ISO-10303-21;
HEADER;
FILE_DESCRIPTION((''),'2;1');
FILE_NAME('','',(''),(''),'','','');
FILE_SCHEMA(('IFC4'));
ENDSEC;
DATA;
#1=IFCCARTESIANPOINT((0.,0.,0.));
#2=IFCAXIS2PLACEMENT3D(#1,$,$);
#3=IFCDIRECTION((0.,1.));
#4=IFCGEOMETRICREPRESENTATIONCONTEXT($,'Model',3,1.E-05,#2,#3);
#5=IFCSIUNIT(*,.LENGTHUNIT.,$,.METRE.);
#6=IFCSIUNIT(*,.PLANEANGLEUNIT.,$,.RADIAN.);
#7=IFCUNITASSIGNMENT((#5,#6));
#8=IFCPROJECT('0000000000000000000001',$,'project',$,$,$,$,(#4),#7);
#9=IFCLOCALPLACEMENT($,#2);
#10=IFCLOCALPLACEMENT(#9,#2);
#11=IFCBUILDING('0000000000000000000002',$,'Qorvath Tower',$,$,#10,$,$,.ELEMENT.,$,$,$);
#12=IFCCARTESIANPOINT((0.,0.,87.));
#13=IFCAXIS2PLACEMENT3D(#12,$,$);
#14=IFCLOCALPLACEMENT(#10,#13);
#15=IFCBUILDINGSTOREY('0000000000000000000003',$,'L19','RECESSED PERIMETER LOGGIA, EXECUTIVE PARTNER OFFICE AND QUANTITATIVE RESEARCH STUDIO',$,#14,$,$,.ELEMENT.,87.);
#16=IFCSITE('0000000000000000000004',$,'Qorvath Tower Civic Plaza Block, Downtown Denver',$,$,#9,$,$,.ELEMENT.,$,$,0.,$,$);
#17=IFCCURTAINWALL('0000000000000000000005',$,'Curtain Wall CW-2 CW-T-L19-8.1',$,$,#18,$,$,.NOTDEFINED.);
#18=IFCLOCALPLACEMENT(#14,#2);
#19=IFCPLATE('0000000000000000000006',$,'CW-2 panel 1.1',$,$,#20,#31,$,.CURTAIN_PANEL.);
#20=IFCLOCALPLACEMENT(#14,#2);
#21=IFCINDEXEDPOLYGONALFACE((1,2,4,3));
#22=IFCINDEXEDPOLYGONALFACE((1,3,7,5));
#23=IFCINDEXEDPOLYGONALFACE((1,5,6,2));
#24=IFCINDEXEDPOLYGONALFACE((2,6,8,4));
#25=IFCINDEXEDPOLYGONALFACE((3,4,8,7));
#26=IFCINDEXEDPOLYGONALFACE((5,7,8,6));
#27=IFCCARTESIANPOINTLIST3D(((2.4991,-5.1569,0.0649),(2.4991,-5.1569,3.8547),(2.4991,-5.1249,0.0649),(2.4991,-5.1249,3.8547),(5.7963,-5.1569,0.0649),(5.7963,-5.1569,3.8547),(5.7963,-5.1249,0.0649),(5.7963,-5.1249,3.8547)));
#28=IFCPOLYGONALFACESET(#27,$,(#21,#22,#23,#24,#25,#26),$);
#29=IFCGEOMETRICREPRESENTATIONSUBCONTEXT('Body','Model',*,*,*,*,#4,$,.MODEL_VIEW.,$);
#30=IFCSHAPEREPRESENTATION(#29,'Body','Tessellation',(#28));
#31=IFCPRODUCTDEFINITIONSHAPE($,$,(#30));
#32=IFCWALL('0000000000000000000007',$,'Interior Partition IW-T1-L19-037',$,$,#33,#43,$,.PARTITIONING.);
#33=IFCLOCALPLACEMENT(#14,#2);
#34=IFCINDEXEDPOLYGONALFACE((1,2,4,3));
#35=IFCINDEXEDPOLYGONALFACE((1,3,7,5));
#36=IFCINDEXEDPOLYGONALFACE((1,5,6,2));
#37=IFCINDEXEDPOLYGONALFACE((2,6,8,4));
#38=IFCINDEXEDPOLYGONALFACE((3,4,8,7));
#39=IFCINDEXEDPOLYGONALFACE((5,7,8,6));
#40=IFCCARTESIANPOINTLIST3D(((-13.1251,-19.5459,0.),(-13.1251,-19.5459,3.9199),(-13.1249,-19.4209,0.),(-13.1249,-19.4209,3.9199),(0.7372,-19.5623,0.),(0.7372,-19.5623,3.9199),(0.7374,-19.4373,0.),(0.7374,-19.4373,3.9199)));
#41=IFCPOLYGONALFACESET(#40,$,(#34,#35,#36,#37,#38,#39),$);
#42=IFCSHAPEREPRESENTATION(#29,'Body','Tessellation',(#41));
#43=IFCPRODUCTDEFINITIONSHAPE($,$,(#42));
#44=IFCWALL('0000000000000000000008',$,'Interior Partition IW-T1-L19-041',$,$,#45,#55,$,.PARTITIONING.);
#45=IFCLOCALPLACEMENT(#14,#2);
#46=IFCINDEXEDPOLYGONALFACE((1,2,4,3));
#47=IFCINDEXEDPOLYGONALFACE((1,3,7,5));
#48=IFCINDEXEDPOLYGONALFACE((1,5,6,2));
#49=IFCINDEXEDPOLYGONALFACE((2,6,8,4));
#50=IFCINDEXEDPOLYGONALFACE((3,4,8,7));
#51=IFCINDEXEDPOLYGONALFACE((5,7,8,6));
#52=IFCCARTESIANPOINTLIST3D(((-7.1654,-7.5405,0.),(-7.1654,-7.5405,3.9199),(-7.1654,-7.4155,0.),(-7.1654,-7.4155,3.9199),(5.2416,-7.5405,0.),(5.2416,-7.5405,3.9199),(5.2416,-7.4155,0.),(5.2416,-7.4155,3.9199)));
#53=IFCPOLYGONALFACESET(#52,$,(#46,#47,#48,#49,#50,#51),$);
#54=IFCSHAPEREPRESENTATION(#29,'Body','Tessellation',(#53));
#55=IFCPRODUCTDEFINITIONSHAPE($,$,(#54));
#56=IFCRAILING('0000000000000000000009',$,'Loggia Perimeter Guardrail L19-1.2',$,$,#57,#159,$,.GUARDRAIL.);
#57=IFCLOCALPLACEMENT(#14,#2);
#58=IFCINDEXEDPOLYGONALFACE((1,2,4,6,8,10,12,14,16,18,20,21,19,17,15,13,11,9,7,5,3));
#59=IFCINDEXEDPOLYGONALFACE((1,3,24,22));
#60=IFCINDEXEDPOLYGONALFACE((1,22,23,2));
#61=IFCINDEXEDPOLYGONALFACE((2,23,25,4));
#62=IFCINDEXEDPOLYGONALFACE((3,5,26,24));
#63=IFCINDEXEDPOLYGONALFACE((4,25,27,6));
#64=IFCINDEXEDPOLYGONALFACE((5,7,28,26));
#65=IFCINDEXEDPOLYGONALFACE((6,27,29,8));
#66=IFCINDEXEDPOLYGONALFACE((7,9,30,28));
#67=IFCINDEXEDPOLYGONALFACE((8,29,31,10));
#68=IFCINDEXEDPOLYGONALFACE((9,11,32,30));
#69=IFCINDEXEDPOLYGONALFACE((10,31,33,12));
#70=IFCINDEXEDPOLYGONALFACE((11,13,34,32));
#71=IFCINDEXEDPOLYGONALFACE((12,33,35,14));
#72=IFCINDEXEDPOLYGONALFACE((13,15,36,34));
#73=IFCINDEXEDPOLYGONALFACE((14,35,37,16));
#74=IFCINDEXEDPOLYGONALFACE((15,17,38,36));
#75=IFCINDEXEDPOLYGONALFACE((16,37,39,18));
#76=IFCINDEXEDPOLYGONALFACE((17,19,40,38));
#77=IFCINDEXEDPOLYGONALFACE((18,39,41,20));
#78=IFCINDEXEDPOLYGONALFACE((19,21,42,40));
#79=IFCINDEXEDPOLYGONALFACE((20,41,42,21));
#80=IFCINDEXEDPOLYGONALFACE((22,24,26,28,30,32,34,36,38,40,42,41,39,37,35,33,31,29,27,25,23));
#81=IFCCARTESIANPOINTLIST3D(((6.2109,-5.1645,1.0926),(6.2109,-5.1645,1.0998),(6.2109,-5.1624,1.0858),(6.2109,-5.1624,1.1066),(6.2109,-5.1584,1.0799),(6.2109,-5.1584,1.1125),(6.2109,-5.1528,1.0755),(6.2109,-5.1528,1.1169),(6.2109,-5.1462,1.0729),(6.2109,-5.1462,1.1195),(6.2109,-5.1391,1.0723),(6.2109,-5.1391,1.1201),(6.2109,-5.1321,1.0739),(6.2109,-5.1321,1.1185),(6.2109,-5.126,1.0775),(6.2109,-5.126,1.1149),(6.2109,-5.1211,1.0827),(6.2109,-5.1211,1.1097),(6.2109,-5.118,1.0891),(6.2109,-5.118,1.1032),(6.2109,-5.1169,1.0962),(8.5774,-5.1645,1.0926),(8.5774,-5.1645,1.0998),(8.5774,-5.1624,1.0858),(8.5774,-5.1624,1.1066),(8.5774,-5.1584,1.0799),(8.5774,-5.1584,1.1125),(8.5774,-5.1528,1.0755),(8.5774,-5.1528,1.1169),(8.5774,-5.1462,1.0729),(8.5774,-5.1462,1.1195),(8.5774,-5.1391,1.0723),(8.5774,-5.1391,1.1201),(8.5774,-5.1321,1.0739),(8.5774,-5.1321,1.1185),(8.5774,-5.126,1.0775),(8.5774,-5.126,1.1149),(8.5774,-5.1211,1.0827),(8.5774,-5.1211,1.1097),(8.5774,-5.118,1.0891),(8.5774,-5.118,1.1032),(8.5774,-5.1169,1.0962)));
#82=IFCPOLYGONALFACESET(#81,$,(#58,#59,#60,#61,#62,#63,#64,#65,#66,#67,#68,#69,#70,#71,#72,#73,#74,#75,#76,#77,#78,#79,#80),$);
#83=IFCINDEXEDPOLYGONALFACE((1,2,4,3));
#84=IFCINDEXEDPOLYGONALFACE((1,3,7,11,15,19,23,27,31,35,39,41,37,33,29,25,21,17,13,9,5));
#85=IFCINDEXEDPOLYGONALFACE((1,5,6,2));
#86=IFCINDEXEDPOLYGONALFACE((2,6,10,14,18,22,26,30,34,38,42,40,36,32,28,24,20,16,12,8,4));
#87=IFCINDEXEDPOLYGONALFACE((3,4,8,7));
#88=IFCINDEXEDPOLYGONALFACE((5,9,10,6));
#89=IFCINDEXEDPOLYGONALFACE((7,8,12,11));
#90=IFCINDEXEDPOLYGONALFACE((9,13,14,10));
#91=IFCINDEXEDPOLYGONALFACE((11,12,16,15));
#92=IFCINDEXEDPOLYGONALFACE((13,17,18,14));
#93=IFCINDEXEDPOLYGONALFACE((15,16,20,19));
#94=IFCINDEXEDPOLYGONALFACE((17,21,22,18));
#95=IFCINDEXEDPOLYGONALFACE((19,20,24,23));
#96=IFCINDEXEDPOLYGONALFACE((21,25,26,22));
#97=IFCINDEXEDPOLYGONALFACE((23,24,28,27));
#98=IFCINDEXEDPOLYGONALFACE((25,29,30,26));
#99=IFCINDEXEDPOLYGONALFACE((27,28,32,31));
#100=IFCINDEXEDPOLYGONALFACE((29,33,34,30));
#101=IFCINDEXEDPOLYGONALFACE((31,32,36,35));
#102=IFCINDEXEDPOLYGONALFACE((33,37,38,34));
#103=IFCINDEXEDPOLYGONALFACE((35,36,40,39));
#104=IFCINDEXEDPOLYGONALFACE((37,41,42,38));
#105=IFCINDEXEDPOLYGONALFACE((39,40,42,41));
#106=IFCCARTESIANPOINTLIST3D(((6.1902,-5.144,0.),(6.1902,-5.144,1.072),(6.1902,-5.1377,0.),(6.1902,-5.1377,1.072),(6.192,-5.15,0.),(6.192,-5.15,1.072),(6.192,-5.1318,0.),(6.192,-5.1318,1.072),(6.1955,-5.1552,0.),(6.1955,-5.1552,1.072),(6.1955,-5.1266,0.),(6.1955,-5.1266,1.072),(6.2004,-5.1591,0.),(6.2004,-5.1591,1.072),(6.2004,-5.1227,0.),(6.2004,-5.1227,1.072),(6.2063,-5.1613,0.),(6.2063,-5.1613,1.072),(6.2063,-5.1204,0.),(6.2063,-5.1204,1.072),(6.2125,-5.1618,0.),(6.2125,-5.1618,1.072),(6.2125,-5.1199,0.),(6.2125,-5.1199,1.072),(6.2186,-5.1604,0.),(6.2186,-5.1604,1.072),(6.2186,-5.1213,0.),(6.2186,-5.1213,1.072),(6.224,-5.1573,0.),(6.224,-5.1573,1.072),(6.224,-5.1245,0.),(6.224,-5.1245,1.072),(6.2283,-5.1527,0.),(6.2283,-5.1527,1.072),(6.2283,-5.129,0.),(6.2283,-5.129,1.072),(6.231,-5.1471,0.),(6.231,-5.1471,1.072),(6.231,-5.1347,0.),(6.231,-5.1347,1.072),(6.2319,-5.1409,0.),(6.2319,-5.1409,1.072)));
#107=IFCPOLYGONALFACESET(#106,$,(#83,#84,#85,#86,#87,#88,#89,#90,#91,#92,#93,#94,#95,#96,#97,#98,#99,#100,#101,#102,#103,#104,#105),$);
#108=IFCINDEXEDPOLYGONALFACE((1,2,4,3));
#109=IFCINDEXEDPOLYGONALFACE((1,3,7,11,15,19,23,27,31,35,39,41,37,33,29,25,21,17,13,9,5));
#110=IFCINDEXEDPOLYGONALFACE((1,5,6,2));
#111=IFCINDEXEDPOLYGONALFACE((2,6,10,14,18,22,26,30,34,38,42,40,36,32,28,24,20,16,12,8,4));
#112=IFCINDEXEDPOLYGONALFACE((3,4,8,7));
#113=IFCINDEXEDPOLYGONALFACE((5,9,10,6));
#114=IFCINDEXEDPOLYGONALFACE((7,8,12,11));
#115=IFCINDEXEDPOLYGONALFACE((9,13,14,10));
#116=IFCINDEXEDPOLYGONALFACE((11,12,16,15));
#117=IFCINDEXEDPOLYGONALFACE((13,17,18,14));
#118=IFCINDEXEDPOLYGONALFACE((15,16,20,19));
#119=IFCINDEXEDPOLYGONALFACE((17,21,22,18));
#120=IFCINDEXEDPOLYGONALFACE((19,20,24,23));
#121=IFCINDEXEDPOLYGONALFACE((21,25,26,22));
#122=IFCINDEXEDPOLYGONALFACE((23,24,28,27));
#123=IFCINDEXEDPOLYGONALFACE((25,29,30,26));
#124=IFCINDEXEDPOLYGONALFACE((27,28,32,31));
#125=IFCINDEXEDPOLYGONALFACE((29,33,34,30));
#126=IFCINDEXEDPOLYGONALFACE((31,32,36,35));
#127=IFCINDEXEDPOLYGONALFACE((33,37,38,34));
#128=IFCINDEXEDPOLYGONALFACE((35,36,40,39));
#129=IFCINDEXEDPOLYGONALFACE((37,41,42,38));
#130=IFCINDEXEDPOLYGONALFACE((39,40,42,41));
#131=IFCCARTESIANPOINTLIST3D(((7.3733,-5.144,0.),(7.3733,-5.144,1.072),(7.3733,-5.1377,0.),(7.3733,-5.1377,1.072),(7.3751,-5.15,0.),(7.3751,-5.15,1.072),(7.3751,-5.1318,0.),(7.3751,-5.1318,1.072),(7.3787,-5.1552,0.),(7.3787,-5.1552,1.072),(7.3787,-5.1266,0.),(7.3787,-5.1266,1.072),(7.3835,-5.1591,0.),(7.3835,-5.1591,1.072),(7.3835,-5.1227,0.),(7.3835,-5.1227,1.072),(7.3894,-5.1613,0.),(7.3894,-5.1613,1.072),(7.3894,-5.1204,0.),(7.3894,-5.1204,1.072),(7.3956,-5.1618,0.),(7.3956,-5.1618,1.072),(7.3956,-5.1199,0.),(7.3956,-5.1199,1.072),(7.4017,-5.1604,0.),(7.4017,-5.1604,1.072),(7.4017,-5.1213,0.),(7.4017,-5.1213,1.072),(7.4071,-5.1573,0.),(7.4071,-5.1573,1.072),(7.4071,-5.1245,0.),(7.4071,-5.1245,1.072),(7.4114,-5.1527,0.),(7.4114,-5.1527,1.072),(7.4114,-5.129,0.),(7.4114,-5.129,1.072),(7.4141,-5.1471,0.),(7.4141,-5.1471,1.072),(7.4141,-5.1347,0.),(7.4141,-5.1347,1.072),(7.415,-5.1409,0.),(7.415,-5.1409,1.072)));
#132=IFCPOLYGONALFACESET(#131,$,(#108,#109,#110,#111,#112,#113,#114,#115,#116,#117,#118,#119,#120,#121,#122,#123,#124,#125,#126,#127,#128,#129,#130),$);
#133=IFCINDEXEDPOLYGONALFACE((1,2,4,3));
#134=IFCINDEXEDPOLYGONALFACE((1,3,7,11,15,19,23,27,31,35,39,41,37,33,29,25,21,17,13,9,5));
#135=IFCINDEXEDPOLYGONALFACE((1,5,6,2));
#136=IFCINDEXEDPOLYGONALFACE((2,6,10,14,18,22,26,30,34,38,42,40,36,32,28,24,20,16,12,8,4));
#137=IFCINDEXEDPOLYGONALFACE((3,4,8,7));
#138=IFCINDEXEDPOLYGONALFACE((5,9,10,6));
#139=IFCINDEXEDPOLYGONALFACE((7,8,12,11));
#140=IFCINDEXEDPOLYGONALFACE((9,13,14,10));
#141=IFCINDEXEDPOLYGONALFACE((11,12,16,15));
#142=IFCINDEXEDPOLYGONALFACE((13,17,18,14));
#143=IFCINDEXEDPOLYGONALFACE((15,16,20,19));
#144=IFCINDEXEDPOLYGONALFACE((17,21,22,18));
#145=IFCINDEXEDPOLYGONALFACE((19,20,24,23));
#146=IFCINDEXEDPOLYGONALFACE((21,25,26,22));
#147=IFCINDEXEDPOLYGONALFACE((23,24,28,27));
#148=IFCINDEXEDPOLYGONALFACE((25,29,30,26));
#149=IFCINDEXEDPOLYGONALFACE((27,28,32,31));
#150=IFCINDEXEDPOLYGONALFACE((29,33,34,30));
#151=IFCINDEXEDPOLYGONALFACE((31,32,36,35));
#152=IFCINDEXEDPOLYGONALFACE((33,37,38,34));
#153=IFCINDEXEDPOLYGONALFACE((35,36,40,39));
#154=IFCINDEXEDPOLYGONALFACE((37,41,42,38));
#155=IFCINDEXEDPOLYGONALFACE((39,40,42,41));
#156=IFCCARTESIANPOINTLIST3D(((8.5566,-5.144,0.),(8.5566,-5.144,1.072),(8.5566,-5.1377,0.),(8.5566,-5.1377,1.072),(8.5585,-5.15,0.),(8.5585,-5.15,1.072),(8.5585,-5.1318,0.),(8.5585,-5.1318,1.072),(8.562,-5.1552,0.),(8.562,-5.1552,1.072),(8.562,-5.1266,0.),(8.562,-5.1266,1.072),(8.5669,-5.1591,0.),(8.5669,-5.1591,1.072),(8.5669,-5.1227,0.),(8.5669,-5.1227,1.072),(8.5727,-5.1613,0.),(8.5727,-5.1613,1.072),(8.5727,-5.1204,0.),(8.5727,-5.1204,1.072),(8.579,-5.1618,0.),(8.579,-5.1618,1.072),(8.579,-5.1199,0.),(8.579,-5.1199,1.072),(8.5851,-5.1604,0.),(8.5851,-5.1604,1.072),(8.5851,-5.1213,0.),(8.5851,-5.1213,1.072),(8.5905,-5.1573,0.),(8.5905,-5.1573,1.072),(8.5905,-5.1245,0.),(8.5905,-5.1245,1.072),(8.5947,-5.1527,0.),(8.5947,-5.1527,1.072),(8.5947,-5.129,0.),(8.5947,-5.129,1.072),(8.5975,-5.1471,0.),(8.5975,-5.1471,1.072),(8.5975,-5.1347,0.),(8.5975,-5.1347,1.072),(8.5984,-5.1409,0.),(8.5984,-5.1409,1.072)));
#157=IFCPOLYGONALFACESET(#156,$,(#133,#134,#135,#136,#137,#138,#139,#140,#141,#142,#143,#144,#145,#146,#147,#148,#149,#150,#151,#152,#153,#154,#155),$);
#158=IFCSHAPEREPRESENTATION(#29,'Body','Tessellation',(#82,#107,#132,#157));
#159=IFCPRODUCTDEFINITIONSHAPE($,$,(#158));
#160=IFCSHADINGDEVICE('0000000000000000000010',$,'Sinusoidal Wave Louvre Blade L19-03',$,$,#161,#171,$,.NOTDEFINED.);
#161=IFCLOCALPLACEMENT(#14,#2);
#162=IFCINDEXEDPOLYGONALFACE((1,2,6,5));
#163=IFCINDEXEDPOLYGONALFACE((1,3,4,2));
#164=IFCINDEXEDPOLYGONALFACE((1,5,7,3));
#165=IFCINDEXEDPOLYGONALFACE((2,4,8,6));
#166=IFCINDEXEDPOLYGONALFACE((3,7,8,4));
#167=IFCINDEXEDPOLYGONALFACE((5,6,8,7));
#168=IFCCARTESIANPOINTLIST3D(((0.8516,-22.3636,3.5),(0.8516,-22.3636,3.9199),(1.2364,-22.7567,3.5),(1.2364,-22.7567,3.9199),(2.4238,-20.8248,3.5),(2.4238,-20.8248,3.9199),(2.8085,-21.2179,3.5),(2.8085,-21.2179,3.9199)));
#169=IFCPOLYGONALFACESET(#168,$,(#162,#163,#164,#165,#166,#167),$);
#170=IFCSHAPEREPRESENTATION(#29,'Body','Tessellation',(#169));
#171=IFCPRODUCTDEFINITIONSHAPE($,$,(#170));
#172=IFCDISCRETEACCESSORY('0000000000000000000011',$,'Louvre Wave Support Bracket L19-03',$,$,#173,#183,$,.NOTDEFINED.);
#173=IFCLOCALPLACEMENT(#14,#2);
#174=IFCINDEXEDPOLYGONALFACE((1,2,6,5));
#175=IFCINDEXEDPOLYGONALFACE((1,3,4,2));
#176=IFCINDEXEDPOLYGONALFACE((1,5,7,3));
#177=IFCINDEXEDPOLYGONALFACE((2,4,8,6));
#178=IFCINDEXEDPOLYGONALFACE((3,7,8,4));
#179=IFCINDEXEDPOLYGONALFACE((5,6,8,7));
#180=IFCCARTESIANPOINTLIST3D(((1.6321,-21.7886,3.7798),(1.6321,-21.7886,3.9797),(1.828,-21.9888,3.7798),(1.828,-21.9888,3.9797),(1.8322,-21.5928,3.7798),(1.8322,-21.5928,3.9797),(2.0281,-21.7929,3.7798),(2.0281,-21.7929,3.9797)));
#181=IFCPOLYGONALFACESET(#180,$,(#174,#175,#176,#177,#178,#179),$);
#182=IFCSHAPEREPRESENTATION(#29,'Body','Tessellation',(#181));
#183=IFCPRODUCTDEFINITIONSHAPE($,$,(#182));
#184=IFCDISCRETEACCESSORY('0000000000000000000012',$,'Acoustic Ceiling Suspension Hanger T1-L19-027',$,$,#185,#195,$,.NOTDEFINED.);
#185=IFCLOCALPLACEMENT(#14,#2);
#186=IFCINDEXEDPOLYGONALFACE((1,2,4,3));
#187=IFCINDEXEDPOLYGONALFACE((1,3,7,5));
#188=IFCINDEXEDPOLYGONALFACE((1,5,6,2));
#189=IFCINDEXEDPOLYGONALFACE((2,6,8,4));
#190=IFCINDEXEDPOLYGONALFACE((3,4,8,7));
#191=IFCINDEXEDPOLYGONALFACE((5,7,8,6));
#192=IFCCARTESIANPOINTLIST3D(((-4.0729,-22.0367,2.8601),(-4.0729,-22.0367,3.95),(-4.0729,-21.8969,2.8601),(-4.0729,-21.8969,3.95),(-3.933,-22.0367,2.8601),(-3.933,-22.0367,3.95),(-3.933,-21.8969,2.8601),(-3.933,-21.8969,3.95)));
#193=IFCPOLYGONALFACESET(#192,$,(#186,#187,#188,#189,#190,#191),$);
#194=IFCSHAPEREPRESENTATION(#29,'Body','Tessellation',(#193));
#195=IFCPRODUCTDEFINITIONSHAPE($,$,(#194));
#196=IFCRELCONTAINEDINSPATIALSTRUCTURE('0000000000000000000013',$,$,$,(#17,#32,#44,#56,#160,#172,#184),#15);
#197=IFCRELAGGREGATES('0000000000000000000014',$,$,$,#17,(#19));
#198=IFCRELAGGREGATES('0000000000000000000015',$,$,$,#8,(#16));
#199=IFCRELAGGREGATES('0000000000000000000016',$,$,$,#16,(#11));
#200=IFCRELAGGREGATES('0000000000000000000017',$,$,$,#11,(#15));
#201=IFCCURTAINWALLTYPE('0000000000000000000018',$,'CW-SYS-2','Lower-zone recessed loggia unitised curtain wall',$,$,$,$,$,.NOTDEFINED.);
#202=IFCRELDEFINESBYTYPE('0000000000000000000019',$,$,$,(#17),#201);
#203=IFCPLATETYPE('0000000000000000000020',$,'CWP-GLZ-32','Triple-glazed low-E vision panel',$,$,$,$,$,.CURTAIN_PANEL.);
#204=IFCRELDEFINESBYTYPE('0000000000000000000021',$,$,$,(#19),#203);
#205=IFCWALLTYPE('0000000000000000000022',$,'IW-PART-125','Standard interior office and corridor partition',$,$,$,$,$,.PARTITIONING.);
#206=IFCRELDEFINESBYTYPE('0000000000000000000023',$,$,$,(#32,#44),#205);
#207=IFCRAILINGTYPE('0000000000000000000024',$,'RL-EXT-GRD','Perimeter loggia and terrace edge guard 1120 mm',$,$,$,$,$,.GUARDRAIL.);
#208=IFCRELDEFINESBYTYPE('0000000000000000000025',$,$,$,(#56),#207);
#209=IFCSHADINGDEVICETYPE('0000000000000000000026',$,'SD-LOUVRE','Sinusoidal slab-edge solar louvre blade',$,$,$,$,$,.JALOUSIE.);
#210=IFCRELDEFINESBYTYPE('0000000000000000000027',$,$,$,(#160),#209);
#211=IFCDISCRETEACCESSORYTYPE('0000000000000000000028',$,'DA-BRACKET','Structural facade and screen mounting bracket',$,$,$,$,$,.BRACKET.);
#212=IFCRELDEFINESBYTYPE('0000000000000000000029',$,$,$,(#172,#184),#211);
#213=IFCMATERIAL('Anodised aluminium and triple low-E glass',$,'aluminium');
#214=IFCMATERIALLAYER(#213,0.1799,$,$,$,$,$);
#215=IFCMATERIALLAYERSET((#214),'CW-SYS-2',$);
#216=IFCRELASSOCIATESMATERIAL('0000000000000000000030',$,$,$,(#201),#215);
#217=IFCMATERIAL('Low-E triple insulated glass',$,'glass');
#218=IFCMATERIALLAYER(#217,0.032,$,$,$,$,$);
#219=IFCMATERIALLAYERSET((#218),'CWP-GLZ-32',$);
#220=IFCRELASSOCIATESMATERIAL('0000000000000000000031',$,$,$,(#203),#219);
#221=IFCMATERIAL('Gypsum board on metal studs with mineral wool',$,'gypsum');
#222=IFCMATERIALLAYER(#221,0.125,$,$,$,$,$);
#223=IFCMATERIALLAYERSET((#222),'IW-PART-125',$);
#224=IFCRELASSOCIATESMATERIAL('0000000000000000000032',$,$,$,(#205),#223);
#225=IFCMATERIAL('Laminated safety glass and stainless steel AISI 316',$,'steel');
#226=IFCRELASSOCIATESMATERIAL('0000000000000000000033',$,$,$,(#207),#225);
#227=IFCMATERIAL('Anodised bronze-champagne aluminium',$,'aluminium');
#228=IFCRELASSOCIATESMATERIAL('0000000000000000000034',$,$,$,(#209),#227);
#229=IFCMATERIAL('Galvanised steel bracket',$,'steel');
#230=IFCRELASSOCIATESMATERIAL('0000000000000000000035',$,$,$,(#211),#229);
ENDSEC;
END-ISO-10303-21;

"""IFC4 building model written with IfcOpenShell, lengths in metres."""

from ifc_helpers import new_model, si_unit, direction, frame, frame_2d, origin, origin_2d, place, context, subcontext, project, spatial, rectangle, circle, extrude, material, layer, layer_set, type_object, element, aggregate, save


model = new_model("IFC4")

# Units and contexts
model_context = context("Model", 3, precision=1e-05, world=origin(), true_north=direction((0.0, 1.0)))
body_context = subcontext(model_context, "Body", "Model", "MODEL_VIEW")
ifc_project = project(units=[si_unit("LENGTHUNIT", "METRE"), si_unit("PLANEANGLEUNIT", "RADIAN")], contexts=[model_context])

# Site, building, storey
site_placement = place(None, origin())
site = spatial("IfcSite", under=ifc_project, at=site_placement, Name="Qorvath Tower Civic Plaza Block, Downtown Denver", CompositionType="ELEMENT", RefElevation=0.0)
building_placement = place(site_placement, origin())
building = spatial("IfcBuilding", under=site, at=building_placement, Name="Qorvath Tower", CompositionType="ELEMENT")
storey_placement = place(building_placement, frame((0.0, 0.0, 87.0)))
storey = spatial("IfcBuildingStorey", under=building, at=storey_placement, Name="L19", Description="RECESSED PERIMETER LOGGIA, EXECUTIVE PARTNER OFFICE AND QUANTITATIVE RESEARCH STUDIO", CompositionType="ELEMENT", Elevation=87.0)

# Shared definitions
ifc_material_1 = material(Name="Anodised aluminium and triple low-E glass", Category="aluminium")
ifc_layer_1 = layer(ifc_material_1, 0.1799)
ifc_layer_set_1 = layer_set([ifc_layer_1], Name="CW-SYS-2")
curtain_wall_type = type_object("IfcCurtainWallType", Name="CW-SYS-2", Description="Lower-zone recessed loggia unitised curtain wall", PredefinedType="NOTDEFINED", material=ifc_layer_set_1)

# Curtain wall
curtain_wall_1_placement = place(storey_placement, origin())
curtain_wall_1 = element("IfcCurtainWall", 1, at=curtain_wall_1_placement, inside=storey, type_object=curtain_wall_type, Name="Curtain Wall CW-2 CW-T-L19-8.1", PredefinedType="NOTDEFINED")

# Plate
ifc_material_2 = material(Name="Low-E triple insulated glass", Category="glass")
ifc_layer_2 = layer(ifc_material_2, 0.032)
ifc_layer_set_2 = layer_set([ifc_layer_2], Name="CWP-GLZ-32")
plate_type = type_object("IfcPlateType", Name="CWP-GLZ-32", Description="Triple-glazed low-E vision panel", PredefinedType="CURTAIN_PANEL", material=ifc_layer_set_2)
plate_1_placement = place(storey_placement, frame((4.1477, -5.1409, 0.0649), z_axis=(0.0, 0.0, 1.0), x_axis=(-1.0, 0.0, 0.0)))
plate_1 = element("IfcPlate", 2, at=plate_1_placement, type_object=plate_type, Name="CW-2 panel 1.1", PredefinedType="CURTAIN_PANEL", context=body_context, shape_type="SweptSolid", body=[
    extrude(rectangle(XDim=3.2971, YDim=0.032, at=origin_2d()), origin(), (0.0, 0.0, 1.0), 3.7898),
])
aggregate(curtain_wall_1, [plate_1])

# Walls
ifc_material_3 = material(Name="Gypsum board on metal studs with mineral wool", Category="gypsum")
ifc_layer_3 = layer(ifc_material_3, 0.125)
ifc_layer_set_3 = layer_set([ifc_layer_3], Name="IW-PART-125")
wall_type = type_object("IfcWallType", Name="IW-PART-125", Description="Standard interior office and corridor partition", PredefinedType="PARTITIONING", material=ifc_layer_set_3)
wall_1_placement = place(storey_placement, frame((0.7373, -19.4998, 0.0), z_axis=(0.0, 0.0, 1.0), x_axis=(-0.999999, 0.00118, 0.0)))
element("IfcWall", 3, at=wall_1_placement, inside=storey, type_object=wall_type, Name="Interior Partition IW-T1-L19-037", PredefinedType="PARTITIONING", context=body_context, shape_type="SweptSolid", body=[
    extrude(rectangle(XDim=13.8623, YDim=0.125, at=frame_2d((6.9312, 0.0))), origin(), (0.0, 0.0, 1.0), 3.9199),
])
wall_2_placement = place(storey_placement, frame((5.2417, -7.478, 0.0), z_axis=(0.0, 0.0, 1.0), x_axis=(-1.0, 0.0, 0.0)))
element("IfcWall", 4, at=wall_2_placement, inside=storey, type_object=wall_type, Name="Interior Partition IW-T1-L19-041", PredefinedType="PARTITIONING", context=body_context, shape_type="SweptSolid", body=[
    extrude(rectangle(XDim=12.407, YDim=0.125, at=frame_2d((6.2036, 0.0))), origin(), (0.0, 0.0, 1.0), 3.9199),
])

# Railing
ifc_material_4 = material(Name="Laminated safety glass and stainless steel AISI 316", Category="steel")
railing_type = type_object("IfcRailingType", Name="RL-EXT-GRD", Description="Perimeter loggia and terrace edge guard 1120 mm", PredefinedType="GUARDRAIL", material=ifc_material_4)
railing_1_placement = place(storey_placement, frame((6.2109, -5.1409, 0.0)))
element("IfcRailing", 5, at=railing_1_placement, inside=storey, type_object=railing_type, Name="Loggia Perimeter Guardrail L19-1.2", PredefinedType="GUARDRAIL", context=body_context, shape_type="SweptSolid", body=[
    extrude(circle(Radius=0.0239, at=origin_2d()), frame((0.0, 0.0, 1.0962), z_axis=(1.0, 0.0, 0.0), x_axis=(0.0, 1.0, 0.0)), (0.0, 0.0, 1.0), 2.3665),
    extrude(circle(Radius=0.021, at=origin_2d()), origin(), (0.0, 0.0, 1.0), 1.072),
    extrude(circle(Radius=0.021, at=origin_2d()), frame((1.1831, 0.0, 0.0)), (0.0, 0.0, 1.0), 1.072),
    extrude(circle(Radius=0.021, at=origin_2d()), frame((2.3665, 0.0, 0.0)), (0.0, 0.0, 1.0), 1.072),
])

# Shading device
ifc_material_5 = material(Name="Anodised bronze-champagne aluminium", Category="aluminium")
shading_device_type = type_object("IfcShadingDeviceType", Name="SD-LOUVRE", Description="Sinusoidal slab-edge solar louvre blade", PredefinedType="JALOUSIE", material=ifc_material_5)
shading_device_placement = place(storey_placement, frame((1.8301, -21.7908, 3.5), z_axis=(0.0, 0.0, 1.0), x_axis=(0.714644, 0.699489, 0.0)))
element("IfcShadingDevice", 6, at=shading_device_placement, inside=storey, type_object=shading_device_type, Name="Sinusoidal Wave Louvre Blade L19-03", PredefinedType="NOTDEFINED", context=body_context, shape_type="SweptSolid", body=[
    extrude(rectangle(XDim=2.2, YDim=0.55, at=origin_2d()), origin(), (0.0, 0.0, 1.0), 0.4199),
])

# Discrete accessories
ifc_material_6 = material(Name="Galvanised steel bracket", Category="steel")
discrete_accessory_type = type_object("IfcDiscreteAccessoryType", Name="DA-BRACKET", Description="Structural facade and screen mounting bracket", PredefinedType="BRACKET", material=ifc_material_6)
discrete_accessory_placement = place(storey_placement, frame((1.8301, -21.7908, 3.7798), z_axis=(0.0, 0.0, 1.0), x_axis=(0.714644, 0.699489, 0.0)))
element("IfcDiscreteAccessory", 7, at=discrete_accessory_placement, inside=storey, type_object=discrete_accessory_type, Name="Louvre Wave Support Bracket L19-03", PredefinedType="NOTDEFINED", context=body_context, shape_type="SweptSolid", body=[
    extrude(rectangle(XDim=0.28, YDim=0.28, at=origin_2d()), origin(), (0.0, 0.0, 1.0), 0.2),
])
for number, where, z_axis, x_axis, name in (
    (8, (-4.0029, -21.9668, 2.8601), (0.0, 0.0, 1.0), (1.0, 0.0, 0.0), "Acoustic Ceiling Suspension Hanger T1-L19-027"),
):
    element("IfcDiscreteAccessory", number, at=place(storey_placement, frame(where, z_axis=z_axis, x_axis=x_axis)), inside=storey, type_object=discrete_accessory_type, Name=name, PredefinedType="NOTDEFINED", context=body_context, shape_type="SweptSolid", body=[
        extrude(rectangle(XDim=0.1399, YDim=0.1399, at=origin_2d()), origin(), (0.0, 0.0, 1.0), 1.0898),
    ])

save(model, "model.ifc")
